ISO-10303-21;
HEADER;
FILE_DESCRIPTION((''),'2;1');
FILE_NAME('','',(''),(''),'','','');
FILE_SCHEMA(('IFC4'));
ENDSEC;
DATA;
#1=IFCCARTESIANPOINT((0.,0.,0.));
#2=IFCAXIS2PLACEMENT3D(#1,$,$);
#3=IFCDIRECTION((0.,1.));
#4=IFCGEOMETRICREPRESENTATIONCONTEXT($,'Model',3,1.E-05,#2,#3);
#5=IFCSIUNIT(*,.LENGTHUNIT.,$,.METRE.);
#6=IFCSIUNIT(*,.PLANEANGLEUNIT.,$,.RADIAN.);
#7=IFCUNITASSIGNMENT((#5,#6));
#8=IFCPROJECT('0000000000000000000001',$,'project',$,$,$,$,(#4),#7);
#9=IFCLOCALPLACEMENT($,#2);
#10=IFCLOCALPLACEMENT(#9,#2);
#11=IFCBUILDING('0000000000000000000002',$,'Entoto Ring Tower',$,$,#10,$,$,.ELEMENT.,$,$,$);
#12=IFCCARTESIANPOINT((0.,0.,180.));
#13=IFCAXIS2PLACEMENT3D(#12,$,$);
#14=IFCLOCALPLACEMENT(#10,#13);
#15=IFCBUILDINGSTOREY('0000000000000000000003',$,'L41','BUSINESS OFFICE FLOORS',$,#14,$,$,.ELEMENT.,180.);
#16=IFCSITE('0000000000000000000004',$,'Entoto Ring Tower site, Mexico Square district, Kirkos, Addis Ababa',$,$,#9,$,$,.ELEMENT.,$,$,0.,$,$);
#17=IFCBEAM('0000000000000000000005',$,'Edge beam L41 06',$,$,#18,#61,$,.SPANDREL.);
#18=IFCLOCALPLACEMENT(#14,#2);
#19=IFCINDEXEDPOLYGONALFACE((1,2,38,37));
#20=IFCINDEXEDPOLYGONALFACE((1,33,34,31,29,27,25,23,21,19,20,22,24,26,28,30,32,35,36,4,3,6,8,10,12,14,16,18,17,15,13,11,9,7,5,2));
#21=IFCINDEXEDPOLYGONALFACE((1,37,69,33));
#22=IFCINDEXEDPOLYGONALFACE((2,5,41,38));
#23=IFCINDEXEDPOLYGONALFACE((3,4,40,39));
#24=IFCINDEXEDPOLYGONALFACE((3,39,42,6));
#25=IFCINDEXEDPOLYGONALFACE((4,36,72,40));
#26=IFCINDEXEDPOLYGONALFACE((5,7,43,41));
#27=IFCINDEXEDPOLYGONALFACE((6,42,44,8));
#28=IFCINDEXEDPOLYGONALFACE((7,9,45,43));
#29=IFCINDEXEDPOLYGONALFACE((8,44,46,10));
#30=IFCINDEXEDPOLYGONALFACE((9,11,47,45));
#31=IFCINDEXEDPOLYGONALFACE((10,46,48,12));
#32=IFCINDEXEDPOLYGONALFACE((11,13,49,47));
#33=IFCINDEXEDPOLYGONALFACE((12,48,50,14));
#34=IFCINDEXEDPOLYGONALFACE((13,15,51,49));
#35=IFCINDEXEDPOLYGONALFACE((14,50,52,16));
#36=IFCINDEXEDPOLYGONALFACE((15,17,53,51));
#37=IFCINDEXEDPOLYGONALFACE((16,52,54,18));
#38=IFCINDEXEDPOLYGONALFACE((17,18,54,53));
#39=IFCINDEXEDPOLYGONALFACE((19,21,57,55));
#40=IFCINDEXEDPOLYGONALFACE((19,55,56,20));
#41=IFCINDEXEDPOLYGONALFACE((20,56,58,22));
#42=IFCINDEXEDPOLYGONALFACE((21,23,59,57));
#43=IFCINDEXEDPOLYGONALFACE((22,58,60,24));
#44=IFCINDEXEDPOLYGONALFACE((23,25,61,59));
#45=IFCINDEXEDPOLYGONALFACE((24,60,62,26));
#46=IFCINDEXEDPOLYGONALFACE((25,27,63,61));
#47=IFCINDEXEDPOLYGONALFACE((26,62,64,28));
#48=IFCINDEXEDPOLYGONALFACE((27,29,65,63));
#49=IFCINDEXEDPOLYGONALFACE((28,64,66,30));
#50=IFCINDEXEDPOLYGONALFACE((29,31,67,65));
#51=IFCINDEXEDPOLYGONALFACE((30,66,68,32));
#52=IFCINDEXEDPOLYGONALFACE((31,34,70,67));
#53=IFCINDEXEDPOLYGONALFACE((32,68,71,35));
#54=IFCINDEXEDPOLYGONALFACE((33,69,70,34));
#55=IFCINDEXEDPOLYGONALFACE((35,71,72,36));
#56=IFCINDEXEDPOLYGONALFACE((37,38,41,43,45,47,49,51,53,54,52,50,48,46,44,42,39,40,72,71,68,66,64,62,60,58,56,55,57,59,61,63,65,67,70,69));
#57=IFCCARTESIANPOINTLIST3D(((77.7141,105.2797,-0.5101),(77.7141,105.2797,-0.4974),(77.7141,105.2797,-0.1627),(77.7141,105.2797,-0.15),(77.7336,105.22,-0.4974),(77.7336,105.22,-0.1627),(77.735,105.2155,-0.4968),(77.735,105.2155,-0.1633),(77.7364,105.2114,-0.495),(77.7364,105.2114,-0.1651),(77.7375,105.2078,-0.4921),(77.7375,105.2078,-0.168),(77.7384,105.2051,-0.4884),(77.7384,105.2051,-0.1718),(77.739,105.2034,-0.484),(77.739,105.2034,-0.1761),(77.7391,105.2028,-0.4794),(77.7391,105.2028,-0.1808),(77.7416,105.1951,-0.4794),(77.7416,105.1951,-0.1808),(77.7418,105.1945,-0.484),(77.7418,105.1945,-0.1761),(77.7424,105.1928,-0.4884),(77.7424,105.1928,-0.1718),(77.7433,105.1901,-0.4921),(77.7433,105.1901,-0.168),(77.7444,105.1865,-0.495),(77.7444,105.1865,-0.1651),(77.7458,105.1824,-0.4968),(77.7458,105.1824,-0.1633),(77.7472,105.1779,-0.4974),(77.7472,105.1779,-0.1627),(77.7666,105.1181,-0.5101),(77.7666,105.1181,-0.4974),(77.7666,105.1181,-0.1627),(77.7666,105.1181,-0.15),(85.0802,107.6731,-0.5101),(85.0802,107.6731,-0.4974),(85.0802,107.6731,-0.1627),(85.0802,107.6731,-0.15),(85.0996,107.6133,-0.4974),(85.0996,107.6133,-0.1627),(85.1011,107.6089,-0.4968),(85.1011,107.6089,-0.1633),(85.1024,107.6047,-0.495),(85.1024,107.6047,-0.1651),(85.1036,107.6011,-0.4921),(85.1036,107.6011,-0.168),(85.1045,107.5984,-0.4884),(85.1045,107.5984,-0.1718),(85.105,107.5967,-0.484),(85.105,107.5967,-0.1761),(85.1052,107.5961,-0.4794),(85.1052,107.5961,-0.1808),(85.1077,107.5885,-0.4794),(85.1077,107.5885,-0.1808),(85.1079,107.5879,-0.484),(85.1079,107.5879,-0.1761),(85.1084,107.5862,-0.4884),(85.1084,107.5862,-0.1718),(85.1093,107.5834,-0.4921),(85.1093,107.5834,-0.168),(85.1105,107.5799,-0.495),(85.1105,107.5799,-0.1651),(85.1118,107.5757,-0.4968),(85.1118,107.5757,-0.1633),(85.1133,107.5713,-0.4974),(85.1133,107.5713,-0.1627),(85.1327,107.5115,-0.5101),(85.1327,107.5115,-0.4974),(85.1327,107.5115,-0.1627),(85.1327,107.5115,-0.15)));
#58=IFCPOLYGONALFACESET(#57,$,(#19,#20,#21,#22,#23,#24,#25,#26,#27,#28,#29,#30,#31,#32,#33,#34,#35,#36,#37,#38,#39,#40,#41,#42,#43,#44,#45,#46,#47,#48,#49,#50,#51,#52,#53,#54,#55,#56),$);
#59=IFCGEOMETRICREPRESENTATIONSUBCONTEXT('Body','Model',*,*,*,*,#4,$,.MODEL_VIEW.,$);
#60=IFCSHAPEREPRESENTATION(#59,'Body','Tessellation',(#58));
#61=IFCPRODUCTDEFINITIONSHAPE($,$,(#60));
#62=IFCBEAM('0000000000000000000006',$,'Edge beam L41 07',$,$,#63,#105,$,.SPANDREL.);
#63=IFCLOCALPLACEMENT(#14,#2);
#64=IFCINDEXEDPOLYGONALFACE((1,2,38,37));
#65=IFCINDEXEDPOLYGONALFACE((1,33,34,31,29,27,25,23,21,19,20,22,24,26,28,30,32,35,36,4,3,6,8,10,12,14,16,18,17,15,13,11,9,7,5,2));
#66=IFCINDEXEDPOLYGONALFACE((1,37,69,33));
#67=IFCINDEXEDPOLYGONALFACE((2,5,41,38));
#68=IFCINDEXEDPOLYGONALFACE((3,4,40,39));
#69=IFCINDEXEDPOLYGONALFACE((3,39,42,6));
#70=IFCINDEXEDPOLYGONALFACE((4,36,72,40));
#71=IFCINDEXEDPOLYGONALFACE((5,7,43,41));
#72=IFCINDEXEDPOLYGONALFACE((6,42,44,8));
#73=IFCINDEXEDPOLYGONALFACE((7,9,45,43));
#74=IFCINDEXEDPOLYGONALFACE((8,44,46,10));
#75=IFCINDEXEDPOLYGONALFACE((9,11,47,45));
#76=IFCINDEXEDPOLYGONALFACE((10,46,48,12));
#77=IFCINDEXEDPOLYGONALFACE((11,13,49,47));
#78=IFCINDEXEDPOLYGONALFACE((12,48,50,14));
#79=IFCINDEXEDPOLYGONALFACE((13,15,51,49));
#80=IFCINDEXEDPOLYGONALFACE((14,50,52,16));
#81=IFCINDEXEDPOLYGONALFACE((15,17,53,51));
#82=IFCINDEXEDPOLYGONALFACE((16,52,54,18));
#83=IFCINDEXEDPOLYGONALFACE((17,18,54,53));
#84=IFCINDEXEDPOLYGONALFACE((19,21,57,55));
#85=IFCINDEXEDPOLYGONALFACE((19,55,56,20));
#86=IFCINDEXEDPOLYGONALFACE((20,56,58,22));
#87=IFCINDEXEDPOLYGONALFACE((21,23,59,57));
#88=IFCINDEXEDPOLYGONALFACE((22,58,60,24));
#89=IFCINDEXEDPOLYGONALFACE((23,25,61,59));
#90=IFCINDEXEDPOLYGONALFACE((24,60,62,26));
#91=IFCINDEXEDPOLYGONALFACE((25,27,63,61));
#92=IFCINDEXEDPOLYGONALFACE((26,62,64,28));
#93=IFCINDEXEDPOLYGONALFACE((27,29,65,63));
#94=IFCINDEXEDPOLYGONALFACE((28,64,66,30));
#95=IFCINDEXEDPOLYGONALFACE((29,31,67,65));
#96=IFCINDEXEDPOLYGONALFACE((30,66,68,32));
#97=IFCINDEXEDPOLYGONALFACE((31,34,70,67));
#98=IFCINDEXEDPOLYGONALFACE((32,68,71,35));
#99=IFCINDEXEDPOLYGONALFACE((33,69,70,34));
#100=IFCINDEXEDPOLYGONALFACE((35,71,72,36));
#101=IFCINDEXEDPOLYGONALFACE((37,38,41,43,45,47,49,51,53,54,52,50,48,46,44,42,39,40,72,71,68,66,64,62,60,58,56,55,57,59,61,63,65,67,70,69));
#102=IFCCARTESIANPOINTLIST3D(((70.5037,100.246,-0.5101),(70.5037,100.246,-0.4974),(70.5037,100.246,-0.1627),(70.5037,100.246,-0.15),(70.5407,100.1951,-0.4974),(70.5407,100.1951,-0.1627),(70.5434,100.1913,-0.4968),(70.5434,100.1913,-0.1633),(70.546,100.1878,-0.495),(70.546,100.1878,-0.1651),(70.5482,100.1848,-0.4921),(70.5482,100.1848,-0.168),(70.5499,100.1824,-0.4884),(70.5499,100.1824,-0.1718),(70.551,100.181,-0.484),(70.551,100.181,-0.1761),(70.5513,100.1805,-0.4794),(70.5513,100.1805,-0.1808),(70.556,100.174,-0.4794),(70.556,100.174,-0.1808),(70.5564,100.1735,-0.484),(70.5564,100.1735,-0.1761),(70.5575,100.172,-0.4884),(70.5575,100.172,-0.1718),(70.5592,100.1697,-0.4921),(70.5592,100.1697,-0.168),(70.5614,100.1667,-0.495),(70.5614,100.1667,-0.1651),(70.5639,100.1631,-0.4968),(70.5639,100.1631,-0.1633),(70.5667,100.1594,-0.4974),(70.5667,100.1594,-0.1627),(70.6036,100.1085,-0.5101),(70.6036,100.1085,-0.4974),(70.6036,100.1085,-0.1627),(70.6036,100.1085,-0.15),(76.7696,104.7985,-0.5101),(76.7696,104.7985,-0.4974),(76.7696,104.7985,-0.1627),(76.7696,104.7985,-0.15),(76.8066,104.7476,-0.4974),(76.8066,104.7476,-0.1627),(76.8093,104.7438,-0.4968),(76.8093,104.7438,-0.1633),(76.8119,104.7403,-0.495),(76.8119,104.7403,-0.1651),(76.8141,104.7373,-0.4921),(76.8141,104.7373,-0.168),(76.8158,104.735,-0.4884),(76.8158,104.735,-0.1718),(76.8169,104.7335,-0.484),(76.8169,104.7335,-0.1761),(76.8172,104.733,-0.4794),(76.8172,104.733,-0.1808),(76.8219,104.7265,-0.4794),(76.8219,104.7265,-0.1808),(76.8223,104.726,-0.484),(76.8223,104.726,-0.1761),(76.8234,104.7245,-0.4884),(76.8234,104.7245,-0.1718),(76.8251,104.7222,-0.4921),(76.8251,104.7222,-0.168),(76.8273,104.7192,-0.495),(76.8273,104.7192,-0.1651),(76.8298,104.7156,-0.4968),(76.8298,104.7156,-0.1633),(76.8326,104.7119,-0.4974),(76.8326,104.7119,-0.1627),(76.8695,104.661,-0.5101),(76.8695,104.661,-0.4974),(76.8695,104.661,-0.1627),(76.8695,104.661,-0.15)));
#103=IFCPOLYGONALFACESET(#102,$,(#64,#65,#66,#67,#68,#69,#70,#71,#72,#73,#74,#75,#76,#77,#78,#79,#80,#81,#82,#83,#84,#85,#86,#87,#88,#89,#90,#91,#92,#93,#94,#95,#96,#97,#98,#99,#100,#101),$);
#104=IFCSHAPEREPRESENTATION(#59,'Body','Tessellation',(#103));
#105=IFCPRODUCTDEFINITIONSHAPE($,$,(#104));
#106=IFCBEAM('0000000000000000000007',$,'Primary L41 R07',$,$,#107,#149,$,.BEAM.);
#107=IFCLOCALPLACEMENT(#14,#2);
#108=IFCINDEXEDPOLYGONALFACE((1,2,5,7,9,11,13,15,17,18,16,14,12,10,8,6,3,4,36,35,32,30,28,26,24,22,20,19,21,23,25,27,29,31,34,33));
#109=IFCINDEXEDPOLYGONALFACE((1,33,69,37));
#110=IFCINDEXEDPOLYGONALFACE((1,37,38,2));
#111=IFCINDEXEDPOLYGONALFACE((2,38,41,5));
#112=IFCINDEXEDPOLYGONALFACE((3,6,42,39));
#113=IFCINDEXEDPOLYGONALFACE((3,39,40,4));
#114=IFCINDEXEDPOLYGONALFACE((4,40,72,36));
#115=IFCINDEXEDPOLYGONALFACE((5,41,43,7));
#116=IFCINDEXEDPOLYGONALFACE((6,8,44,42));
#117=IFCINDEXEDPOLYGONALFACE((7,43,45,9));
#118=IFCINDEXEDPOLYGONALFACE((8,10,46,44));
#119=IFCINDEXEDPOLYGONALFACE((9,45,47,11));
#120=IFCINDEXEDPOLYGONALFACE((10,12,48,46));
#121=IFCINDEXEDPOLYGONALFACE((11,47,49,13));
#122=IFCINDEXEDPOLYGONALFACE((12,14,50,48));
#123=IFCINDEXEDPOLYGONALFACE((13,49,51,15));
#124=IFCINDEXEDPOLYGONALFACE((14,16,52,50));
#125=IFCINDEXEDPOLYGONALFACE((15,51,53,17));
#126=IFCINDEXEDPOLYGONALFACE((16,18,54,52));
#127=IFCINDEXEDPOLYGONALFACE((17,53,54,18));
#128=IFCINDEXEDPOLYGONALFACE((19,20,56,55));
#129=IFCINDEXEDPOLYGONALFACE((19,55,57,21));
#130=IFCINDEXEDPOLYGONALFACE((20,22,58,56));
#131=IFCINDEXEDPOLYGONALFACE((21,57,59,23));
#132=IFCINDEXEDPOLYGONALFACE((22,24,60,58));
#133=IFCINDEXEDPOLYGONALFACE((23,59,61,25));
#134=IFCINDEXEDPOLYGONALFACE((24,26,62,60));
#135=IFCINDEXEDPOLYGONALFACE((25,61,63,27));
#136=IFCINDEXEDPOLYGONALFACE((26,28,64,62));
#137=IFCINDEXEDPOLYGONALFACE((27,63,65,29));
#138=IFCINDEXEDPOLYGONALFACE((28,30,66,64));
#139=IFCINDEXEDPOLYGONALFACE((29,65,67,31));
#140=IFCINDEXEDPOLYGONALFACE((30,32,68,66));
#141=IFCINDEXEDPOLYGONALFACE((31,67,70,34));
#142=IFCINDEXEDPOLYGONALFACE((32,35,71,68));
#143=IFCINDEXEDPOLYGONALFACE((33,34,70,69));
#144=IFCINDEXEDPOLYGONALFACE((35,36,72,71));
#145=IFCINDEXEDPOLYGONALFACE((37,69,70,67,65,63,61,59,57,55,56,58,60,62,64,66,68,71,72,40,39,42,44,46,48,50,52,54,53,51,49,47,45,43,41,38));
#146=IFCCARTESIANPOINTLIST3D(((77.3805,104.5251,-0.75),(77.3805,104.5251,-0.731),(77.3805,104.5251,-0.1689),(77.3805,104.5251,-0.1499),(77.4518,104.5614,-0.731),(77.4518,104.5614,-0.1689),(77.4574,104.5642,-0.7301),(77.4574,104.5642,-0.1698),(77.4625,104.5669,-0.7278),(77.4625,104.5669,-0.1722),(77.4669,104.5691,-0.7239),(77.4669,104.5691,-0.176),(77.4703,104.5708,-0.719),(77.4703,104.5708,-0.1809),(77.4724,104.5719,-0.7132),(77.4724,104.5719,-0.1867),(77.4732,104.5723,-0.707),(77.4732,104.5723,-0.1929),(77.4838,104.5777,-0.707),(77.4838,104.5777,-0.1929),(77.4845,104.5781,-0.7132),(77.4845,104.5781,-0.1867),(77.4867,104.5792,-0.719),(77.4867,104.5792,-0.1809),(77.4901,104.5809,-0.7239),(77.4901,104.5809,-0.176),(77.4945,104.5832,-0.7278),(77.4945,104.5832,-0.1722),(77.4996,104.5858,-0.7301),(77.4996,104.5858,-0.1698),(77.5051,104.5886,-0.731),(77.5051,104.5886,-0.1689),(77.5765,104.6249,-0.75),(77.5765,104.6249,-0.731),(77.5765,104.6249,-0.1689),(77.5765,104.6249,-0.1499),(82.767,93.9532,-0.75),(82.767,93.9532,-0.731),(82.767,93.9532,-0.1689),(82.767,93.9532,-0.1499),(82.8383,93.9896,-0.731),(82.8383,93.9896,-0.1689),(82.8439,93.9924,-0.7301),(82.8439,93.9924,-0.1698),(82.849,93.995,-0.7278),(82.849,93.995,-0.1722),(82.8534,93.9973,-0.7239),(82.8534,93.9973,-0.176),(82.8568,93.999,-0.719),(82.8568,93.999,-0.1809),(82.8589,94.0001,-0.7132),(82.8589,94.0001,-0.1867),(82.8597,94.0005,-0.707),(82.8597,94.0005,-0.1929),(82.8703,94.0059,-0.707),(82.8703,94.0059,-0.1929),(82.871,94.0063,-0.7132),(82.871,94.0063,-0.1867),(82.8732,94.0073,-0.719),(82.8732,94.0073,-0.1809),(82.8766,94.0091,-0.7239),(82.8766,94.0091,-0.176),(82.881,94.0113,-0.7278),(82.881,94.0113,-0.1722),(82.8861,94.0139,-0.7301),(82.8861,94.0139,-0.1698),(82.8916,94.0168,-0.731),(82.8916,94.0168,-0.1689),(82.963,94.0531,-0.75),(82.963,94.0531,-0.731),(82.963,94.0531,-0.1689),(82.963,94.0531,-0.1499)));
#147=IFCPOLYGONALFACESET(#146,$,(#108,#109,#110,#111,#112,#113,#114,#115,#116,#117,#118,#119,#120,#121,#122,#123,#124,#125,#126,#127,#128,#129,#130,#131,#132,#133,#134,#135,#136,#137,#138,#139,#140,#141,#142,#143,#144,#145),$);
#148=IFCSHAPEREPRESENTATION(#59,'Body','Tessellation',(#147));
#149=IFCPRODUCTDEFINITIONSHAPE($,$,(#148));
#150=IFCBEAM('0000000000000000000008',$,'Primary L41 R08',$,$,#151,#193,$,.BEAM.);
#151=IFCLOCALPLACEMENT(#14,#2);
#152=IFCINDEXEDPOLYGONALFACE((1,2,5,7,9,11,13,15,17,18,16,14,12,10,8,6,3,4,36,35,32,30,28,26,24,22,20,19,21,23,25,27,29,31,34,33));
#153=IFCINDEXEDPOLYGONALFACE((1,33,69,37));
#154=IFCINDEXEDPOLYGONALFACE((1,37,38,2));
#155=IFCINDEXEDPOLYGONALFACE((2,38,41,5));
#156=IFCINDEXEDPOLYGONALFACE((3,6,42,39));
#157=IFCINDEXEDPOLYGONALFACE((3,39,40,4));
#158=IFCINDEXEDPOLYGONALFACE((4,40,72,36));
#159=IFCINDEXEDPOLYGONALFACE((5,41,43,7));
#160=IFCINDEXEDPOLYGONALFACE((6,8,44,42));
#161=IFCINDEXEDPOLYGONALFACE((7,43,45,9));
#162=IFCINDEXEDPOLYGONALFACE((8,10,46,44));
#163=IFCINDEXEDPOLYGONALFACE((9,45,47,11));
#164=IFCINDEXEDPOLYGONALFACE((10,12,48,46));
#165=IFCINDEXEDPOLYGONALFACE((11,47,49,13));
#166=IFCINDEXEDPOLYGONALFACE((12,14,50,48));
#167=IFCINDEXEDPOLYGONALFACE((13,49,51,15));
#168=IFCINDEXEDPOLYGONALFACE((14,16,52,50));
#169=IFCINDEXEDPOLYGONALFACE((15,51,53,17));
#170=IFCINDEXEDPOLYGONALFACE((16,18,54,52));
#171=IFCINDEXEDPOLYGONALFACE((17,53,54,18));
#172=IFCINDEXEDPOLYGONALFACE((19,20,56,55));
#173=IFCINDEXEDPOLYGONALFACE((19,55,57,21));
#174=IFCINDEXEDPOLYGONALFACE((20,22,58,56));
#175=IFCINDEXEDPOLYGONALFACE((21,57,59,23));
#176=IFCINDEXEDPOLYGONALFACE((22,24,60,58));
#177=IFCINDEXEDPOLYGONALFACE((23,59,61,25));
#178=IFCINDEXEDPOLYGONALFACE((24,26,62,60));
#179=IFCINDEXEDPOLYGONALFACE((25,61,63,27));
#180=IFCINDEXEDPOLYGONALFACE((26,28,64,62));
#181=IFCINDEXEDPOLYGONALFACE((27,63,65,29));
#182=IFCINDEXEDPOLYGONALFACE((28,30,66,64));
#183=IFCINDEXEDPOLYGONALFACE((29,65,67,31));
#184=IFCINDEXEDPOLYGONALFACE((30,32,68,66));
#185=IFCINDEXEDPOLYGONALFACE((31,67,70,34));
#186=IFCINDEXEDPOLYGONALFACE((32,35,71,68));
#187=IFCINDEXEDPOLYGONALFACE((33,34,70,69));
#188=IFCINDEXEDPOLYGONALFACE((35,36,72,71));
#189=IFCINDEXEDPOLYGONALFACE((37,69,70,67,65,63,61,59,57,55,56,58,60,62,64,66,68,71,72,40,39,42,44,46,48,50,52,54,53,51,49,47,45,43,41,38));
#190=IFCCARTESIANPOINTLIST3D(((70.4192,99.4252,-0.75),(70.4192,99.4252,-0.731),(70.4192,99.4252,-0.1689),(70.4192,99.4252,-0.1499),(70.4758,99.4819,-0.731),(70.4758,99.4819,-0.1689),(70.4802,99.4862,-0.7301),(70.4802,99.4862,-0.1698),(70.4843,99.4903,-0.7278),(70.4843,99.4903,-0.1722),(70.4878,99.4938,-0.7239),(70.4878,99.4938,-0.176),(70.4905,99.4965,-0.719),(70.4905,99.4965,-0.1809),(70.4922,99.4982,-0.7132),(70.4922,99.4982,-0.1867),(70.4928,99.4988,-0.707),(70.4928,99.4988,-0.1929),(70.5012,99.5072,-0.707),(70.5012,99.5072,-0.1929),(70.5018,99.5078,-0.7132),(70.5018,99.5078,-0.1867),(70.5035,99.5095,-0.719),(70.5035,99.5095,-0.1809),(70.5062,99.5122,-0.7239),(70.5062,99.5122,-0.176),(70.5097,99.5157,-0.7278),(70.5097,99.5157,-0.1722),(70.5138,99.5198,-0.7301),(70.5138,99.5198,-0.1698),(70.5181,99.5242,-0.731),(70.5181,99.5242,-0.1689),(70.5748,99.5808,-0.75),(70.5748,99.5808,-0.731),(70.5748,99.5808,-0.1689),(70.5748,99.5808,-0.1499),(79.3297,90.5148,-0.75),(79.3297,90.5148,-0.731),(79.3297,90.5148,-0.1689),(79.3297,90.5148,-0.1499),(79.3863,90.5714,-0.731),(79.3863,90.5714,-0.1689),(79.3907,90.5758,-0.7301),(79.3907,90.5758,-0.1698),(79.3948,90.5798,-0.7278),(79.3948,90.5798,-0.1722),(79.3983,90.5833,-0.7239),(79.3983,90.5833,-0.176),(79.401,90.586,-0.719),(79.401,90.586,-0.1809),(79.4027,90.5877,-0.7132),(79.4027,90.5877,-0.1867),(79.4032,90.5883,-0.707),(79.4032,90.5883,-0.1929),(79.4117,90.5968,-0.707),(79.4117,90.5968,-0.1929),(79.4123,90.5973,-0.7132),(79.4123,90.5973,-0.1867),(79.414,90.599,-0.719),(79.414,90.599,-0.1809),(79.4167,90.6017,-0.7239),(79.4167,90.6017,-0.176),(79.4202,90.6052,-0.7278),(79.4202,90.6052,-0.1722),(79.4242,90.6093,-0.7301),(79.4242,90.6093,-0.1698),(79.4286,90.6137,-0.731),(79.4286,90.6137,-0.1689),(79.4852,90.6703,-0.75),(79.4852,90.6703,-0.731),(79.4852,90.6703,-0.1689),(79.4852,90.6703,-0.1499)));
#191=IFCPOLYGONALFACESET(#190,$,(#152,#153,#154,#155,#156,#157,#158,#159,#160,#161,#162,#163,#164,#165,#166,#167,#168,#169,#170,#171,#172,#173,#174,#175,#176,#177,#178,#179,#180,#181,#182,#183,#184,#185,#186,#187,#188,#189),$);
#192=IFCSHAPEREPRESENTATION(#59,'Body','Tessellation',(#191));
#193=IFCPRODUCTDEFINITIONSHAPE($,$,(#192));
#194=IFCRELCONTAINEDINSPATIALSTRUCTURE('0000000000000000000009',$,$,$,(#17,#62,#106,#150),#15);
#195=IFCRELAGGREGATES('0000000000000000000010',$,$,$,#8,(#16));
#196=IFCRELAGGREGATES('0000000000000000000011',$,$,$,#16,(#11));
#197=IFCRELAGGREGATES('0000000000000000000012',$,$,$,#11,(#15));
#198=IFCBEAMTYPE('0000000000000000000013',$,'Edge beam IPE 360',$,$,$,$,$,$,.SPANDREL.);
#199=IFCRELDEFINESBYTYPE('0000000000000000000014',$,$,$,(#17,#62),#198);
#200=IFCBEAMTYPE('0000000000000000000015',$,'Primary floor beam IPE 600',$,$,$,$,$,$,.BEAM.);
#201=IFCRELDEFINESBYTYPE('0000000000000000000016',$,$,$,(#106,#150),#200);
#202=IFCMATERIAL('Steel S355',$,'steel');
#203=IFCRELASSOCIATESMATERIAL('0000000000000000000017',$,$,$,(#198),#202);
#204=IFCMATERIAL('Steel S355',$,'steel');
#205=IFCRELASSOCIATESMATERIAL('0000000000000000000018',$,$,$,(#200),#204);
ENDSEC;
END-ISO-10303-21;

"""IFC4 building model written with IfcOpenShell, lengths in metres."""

from ifc_helpers import new_model, si_unit, direction, frame, origin, origin_2d, place, context, subcontext, project, spatial, i_section, extrude, material, material_profile, profile_set, type_object, element, save


model = new_model("IFC4")

# Units and contexts
model_context = context("Model", 3, precision=1e-05, world=origin(), true_north=direction((0.0, 1.0)))
body_context = subcontext(model_context, "Body", "Model", "MODEL_VIEW")
ifc_project = project(units=[si_unit("LENGTHUNIT", "METRE"), si_unit("PLANEANGLEUNIT", "RADIAN")], contexts=[model_context])

# Site, building, storey
site_placement = place(None, origin())
site = spatial("IfcSite", under=ifc_project, at=site_placement, Name="Entoto Ring Tower site, Mexico Square district, Kirkos, Addis Ababa", CompositionType="ELEMENT", RefElevation=0.0)
building_placement = place(site_placement, origin())
building = spatial("IfcBuilding", under=site, at=building_placement, Name="Entoto Ring Tower", CompositionType="ELEMENT")
storey_placement = place(building_placement, frame((0.0, 0.0, 180.0)))
storey = spatial("IfcBuildingStorey", under=building, at=storey_placement, Name="L41", Description="BUSINESS OFFICE FLOORS", CompositionType="ELEMENT", Elevation=180.0)

# Beams
ifc_material_1 = material(Name="Steel S355", Category="steel")
ifc_material_profile_1 = material_profile(ifc_material_1, i_section(OverallWidth=0.1699, OverallDepth=0.3601, WebThickness=0.0081, FlangeThickness=0.0127, FilletRadius=0.0181, at=origin_2d()), Name="IPE 360")
ifc_profile_set_1 = profile_set([ifc_material_profile_1], Name="Steel S355")
beam_type_1 = type_object("IfcBeamType", Name="Edge beam IPE 360", PredefinedType="SPANDREL", material=ifc_profile_set_1)
for number, where, z_axis, x_axis, name in (
    (1, (85.1064, 107.5923, -0.3301), (-0.951058, -0.309013, 0.0), (0.309013, -0.951058, 0.0), "Edge beam L41 06"),
    (2, (76.8196, 104.7297, -0.3301), (-0.809013, -0.587791, 0.0), (0.587791, -0.809013, 0.0), "Edge beam L41 07"),
):
    element("IfcBeam", number, at=place(storey_placement, frame(where, z_axis=z_axis, x_axis=x_axis)), inside=storey, type_object=beam_type_1, Name=name, PredefinedType="SPANDREL", context=body_context, shape_type="SweptSolid", body=[
        extrude(i_section(OverallWidth=0.1699, OverallDepth=0.3601, WebThickness=0.0081, FlangeThickness=0.0127, FilletRadius=0.0181, at=origin_2d()), origin(), (0.0, 0.0, 1.0), 7.7451),
    ])
ifc_material_2 = material(Name="Steel S355", Category="steel")
ifc_material_profile_2 = material_profile(ifc_material_2, i_section(OverallWidth=0.22, OverallDepth=0.6001, WebThickness=0.012, FlangeThickness=0.019, FilletRadius=0.0239, at=origin_2d()), Name="IPE 600")
ifc_profile_set_2 = profile_set([ifc_material_profile_2], Name="Steel S355")
beam_type_2 = type_object("IfcBeamType", Name="Primary floor beam IPE 600", PredefinedType="BEAM", material=ifc_profile_set_2)
beam_1_placement = place(storey_placement, frame((82.865, 94.0032, -0.45), z_axis=(-0.453983, 0.89101, 0.0), x_axis=(-0.89101, -0.453983, 0.0)))
element("IfcBeam", 3, at=beam_1_placement, inside=storey, type_object=beam_type_2, Name="Primary L41 R07", PredefinedType="BEAM", context=body_context, shape_type="SweptSolid", body=[
    extrude(i_section(OverallWidth=0.22, OverallDepth=0.6001, WebThickness=0.012, FlangeThickness=0.019, FilletRadius=0.0239, at=origin_2d()), origin(), (0.0, 0.0, 1.0), 11.865),
])
beam_2_placement = place(storey_placement, frame((79.4075, 90.5925, -0.45), z_axis=(-0.707107, 0.707107, 0.0), x_axis=(-0.707107, -0.707107, 0.0)))
element("IfcBeam", 4, at=beam_2_placement, inside=storey, type_object=beam_type_2, Name="Primary L41 R08", PredefinedType="BEAM", context=body_context, shape_type="SweptSolid", body=[
    extrude(i_section(OverallWidth=0.22, OverallDepth=0.6001, WebThickness=0.012, FlangeThickness=0.019, FilletRadius=0.0239, at=origin_2d()), origin(), (0.0, 0.0, 1.0), 12.6013),
])

save(model, "model.ifc")
